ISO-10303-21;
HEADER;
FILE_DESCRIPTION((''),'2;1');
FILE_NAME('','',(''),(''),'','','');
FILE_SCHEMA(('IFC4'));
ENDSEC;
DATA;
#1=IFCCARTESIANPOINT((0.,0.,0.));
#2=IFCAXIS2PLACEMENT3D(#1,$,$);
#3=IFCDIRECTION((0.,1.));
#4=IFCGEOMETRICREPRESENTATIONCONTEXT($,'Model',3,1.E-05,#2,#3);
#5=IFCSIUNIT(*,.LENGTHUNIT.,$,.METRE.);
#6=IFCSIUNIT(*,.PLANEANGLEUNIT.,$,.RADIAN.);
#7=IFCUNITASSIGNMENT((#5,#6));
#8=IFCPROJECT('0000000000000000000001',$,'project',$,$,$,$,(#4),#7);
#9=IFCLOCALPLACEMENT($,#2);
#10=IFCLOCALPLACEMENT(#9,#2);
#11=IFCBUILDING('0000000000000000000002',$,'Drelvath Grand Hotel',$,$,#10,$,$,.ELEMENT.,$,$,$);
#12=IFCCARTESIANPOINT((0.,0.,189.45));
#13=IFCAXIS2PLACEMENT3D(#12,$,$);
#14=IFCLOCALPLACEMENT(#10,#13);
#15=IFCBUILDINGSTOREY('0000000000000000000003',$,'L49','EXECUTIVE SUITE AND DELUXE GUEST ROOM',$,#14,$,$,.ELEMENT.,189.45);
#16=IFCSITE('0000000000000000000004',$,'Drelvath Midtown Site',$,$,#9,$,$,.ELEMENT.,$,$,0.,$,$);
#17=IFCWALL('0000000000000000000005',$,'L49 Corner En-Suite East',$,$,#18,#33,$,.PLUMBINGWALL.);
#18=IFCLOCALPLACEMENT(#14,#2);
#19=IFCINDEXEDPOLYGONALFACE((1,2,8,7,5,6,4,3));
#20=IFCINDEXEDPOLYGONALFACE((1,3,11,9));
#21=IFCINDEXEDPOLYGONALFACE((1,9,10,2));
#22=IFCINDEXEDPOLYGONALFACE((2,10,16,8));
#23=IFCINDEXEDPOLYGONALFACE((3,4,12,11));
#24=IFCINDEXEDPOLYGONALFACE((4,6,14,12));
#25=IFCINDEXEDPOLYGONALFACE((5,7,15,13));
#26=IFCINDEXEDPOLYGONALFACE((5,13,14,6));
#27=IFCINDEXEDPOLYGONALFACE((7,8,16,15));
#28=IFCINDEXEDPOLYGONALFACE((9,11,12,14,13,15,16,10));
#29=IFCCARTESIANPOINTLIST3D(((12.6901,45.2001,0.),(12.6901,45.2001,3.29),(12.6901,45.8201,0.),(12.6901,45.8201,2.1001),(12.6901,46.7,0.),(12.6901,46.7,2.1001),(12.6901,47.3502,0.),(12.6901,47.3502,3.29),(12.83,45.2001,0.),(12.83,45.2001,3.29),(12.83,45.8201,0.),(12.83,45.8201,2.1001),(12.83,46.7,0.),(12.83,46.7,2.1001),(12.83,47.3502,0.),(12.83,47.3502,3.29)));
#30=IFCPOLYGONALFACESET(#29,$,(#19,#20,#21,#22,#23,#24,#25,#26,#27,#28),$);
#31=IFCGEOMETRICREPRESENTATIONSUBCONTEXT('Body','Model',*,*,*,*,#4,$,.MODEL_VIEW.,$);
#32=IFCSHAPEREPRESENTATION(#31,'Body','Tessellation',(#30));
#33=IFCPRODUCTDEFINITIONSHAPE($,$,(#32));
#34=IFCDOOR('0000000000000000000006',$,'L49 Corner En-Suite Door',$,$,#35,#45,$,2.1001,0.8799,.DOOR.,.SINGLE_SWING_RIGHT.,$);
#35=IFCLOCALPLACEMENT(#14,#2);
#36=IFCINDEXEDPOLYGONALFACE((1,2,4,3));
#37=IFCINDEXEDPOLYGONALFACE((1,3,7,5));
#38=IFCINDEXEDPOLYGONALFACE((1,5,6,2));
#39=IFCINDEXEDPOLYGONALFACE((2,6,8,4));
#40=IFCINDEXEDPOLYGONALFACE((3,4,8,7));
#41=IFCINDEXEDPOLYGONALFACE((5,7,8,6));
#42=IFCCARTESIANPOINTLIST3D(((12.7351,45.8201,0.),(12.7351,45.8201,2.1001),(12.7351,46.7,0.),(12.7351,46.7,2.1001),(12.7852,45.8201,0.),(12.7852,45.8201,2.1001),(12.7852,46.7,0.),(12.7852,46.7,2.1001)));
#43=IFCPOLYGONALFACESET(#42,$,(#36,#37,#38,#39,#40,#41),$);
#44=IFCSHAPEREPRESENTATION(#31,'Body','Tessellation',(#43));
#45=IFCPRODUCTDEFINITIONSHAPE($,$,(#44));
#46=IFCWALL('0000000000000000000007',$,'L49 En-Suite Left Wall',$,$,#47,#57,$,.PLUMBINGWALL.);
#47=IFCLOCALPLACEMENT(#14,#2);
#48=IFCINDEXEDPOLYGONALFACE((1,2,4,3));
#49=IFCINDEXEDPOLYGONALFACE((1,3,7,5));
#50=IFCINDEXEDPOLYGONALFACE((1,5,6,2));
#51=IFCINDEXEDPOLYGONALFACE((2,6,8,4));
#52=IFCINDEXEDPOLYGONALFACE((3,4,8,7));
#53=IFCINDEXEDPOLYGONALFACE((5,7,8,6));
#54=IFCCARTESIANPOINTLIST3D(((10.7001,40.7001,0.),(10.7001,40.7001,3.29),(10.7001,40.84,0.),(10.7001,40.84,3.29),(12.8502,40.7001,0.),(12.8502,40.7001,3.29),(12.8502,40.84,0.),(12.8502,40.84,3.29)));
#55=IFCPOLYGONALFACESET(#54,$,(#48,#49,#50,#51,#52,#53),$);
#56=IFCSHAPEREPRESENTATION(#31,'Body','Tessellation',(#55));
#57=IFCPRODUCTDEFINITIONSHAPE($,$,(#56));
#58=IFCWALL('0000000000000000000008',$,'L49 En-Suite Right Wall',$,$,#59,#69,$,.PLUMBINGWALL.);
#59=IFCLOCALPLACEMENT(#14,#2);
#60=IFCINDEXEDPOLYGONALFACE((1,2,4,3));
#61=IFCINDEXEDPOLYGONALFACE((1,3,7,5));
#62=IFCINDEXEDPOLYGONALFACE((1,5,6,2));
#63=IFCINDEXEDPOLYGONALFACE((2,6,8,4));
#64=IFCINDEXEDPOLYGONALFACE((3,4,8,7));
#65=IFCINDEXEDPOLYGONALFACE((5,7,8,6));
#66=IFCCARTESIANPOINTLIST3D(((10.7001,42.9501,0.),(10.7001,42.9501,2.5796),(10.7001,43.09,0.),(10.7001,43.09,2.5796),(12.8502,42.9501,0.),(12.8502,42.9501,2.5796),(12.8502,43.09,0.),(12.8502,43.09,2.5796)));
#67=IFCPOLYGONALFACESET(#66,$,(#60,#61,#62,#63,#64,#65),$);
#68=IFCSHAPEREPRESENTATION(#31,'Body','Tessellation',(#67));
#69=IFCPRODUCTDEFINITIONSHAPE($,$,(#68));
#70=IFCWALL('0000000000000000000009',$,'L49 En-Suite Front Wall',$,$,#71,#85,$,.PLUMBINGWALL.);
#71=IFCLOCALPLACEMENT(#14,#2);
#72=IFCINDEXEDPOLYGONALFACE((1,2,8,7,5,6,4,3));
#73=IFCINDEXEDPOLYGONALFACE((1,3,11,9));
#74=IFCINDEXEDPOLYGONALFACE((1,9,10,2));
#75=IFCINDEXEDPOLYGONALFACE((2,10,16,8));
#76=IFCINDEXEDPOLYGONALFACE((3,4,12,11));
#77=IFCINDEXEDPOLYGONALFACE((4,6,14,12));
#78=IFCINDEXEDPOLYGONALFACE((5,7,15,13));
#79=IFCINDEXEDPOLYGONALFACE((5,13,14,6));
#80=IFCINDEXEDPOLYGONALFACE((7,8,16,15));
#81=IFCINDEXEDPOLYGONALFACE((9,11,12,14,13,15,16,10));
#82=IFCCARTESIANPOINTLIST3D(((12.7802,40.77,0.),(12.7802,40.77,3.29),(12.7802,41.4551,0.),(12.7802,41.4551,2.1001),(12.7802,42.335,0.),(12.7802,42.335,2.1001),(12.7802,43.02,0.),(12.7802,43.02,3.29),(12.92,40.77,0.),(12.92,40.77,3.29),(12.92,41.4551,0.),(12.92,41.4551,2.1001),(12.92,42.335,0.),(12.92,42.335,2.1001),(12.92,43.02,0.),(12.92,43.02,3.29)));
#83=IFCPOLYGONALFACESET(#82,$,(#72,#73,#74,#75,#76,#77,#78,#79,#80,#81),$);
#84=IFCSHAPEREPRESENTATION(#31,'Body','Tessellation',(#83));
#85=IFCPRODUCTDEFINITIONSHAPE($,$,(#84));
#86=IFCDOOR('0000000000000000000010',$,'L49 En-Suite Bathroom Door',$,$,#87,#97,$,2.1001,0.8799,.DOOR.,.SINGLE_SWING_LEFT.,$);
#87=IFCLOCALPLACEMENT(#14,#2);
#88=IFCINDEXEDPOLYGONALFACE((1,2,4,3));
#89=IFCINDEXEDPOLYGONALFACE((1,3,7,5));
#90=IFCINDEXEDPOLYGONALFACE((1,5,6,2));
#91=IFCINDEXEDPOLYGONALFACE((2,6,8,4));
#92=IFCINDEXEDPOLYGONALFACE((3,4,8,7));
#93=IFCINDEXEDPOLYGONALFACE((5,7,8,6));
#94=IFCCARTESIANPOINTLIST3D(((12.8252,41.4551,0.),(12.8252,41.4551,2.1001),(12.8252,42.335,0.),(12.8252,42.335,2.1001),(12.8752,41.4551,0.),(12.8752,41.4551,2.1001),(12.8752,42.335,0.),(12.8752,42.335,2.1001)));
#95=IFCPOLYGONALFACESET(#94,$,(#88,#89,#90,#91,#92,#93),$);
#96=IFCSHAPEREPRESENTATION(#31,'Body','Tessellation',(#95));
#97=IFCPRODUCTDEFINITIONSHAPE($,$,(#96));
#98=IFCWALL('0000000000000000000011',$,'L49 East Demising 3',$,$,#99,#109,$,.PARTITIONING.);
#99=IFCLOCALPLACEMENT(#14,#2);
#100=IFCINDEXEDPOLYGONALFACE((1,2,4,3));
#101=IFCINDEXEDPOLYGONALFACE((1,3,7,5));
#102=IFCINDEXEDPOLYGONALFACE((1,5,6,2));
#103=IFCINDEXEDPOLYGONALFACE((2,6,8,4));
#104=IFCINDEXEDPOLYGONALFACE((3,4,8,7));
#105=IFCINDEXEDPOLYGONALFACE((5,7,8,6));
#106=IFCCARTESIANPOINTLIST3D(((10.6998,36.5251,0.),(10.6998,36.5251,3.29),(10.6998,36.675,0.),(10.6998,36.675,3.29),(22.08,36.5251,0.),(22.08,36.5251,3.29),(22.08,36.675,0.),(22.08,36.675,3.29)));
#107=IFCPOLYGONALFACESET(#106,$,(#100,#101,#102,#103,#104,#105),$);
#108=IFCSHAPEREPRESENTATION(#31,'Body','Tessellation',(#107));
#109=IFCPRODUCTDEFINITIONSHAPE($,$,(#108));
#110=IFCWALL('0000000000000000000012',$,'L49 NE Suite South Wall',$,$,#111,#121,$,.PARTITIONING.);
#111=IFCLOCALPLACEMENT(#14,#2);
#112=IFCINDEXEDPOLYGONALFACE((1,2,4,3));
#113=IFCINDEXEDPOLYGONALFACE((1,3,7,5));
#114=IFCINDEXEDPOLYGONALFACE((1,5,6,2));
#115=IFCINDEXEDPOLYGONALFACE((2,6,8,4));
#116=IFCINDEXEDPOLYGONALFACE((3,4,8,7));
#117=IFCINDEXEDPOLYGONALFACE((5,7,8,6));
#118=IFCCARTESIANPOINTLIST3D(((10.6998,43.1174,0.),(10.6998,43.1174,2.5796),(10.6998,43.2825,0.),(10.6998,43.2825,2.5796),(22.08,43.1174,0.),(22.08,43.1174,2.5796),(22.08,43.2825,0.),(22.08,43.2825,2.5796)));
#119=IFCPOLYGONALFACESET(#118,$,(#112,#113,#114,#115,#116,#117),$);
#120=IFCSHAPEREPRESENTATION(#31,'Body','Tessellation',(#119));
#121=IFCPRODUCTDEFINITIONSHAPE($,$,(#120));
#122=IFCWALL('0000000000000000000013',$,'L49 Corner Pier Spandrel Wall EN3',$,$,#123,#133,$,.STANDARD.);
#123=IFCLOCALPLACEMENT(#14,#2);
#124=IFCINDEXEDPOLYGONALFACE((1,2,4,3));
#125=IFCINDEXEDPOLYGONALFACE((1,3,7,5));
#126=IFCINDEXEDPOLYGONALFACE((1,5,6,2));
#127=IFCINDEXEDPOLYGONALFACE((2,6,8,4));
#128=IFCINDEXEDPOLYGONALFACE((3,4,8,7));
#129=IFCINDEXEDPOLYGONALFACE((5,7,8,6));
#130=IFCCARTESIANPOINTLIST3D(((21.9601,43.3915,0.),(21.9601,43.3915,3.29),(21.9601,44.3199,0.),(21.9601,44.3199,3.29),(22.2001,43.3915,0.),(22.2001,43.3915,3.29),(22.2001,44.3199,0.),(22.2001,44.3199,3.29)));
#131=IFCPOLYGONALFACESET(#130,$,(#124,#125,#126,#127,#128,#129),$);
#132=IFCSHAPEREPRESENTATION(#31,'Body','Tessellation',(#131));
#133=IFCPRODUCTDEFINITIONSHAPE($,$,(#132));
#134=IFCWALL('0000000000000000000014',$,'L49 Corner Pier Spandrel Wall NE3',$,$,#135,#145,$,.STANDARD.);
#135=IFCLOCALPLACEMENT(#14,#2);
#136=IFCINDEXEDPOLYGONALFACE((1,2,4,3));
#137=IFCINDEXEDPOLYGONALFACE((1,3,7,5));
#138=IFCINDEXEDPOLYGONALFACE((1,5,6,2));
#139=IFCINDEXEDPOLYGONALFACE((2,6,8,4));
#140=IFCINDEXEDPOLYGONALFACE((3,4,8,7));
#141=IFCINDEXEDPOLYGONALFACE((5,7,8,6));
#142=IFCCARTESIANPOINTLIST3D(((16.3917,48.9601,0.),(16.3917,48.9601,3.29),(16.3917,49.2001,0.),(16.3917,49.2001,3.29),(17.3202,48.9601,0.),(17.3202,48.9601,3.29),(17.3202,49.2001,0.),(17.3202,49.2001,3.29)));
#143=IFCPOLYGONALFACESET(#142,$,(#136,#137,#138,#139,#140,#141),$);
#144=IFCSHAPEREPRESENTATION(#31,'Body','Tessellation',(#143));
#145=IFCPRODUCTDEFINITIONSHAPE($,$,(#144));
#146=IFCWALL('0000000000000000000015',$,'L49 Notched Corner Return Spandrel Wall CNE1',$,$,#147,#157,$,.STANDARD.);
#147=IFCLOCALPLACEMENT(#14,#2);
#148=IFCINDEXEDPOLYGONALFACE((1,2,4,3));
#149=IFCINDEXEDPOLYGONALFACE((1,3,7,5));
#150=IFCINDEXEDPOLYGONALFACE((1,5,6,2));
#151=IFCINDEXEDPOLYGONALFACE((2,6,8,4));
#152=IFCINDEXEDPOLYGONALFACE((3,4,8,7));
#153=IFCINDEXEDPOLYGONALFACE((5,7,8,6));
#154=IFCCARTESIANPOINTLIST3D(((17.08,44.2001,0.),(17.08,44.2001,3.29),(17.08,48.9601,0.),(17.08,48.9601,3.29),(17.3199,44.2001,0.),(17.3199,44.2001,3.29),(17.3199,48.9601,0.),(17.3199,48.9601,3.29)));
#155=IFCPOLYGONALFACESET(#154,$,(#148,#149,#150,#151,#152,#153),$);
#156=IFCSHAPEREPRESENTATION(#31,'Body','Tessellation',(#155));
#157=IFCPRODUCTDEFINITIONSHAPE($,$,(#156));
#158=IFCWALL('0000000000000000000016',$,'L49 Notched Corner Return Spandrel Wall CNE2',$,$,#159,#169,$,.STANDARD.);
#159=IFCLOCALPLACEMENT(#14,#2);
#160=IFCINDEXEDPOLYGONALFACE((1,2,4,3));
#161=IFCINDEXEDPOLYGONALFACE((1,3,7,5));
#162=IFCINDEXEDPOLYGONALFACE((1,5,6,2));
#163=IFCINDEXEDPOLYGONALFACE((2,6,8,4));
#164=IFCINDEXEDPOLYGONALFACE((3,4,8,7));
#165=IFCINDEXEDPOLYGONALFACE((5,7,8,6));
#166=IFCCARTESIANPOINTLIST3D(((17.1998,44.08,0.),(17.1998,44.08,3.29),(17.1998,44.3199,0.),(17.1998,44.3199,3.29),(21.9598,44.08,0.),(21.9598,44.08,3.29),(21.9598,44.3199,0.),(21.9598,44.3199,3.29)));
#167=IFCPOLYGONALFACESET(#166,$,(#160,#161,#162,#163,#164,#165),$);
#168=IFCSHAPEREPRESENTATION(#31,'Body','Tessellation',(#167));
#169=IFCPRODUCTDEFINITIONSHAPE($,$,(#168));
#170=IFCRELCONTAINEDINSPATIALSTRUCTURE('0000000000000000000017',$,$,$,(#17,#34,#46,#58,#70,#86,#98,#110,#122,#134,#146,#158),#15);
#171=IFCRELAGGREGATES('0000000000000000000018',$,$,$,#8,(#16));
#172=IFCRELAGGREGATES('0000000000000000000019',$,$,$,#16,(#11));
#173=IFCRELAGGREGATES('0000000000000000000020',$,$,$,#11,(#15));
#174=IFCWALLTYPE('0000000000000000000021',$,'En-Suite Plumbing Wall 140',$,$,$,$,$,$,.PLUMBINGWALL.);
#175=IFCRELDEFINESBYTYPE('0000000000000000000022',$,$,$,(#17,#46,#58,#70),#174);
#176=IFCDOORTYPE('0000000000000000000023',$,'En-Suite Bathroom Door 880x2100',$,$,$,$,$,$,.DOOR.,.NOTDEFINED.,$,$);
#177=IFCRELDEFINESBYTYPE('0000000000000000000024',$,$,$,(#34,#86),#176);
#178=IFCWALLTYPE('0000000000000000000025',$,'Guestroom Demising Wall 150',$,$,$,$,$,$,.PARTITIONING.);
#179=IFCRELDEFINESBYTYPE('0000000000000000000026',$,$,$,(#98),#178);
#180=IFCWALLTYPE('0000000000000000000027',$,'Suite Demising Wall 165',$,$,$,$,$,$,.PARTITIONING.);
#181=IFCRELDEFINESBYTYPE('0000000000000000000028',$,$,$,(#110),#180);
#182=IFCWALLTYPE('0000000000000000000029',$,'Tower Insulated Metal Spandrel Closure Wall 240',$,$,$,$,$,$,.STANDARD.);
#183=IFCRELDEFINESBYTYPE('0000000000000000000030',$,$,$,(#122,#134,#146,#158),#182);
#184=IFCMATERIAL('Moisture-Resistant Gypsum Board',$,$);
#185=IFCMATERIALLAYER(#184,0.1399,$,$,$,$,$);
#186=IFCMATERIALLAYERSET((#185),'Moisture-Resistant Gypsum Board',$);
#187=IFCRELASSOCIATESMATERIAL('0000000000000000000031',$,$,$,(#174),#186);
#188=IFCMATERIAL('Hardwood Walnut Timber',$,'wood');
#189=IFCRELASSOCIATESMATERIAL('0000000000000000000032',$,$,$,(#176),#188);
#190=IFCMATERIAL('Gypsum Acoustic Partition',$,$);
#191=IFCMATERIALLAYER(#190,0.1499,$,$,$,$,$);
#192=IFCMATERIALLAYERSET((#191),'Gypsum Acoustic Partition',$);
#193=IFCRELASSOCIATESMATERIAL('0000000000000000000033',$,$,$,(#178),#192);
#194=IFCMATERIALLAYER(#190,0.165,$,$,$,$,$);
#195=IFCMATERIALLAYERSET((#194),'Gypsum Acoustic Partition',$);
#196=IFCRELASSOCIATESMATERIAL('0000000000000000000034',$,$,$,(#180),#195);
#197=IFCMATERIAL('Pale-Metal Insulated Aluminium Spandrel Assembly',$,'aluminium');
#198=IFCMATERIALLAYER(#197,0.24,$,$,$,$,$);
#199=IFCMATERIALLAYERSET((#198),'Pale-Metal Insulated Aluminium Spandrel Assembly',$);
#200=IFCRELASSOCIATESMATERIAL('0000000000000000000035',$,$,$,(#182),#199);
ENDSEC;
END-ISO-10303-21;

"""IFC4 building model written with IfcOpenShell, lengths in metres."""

from ifc_helpers import new_model, si_unit, direction, frame, frame_2d, origin, place, context, subcontext, project, spatial, rectangle, extrude, material, layer, layer_set, type_object, element, fill, save


model = new_model("IFC4")

# Units and contexts
model_context = context("Model", 3, precision=1e-05, world=origin(), true_north=direction((0.0, 1.0)))
body_context = subcontext(model_context, "Body", "Model", "MODEL_VIEW")
ifc_project = project(units=[si_unit("LENGTHUNIT", "METRE"), si_unit("PLANEANGLEUNIT", "RADIAN")], contexts=[model_context])

# Site, building, storey
site_placement = place(None, origin())
site = spatial("IfcSite", under=ifc_project, at=site_placement, Name="Drelvath Midtown Site", CompositionType="ELEMENT", RefElevation=0.0)
building_placement = place(site_placement, origin())
building = spatial("IfcBuilding", under=site, at=building_placement, Name="Drelvath Grand Hotel", CompositionType="ELEMENT")
storey_placement = place(building_placement, frame((0.0, 0.0, 189.45)))
storey = spatial("IfcBuildingStorey", under=building, at=storey_placement, Name="L49", Description="EXECUTIVE SUITE AND DELUXE GUEST ROOM", CompositionType="ELEMENT", Elevation=189.45)

# Wall, opening, door
ifc_material_1 = material(Name="Moisture-Resistant Gypsum Board")
ifc_layer_1 = layer(ifc_material_1, 0.1399)
ifc_layer_set_1 = layer_set([ifc_layer_1], Name="Moisture-Resistant Gypsum Board")
wall_type_1 = type_object("IfcWallType", Name="En-Suite Plumbing Wall 140", PredefinedType="PLUMBINGWALL", material=ifc_layer_set_1)
wall_1_placement = place(storey_placement, frame((12.76, 45.2, 0.0), z_axis=(0.0, 0.0, 1.0), x_axis=(0.0, 1.0, 0.0)))
wall_1 = element("IfcWall", 1, at=wall_1_placement, inside=storey, type_object=wall_type_1, Name="L49 Corner En-Suite East", PredefinedType="PLUMBINGWALL", context=body_context, shape_type="SweptSolid", body=[
    extrude(rectangle(XDim=2.1501, YDim=0.1399, at=frame_2d((1.0752, 0.0))), origin(), (0.0, 0.0, 1.0), 3.29),
])
opening_1_placement = place(wall_1_placement, frame((0.6201, 0.0, 0.0)))
opening_1 = element("IfcOpeningElement", 2, at=opening_1_placement, cuts=wall_1, PredefinedType="OPENING", context=body_context, shape_type="SweptSolid", body=[
    extrude(rectangle(XDim=0.8799, YDim=2.1001, at=frame_2d((0.4399, 1.05))), frame((0.0, 0.0798, 0.0), z_axis=(0.0, -1.0, 0.0), x_axis=(1.0, 0.0, 0.0)), (0.0, 0.0, 1.0), 0.1599),
])
ifc_material_2 = material(Name="Hardwood Walnut Timber", Category="wood")
door_type = type_object("IfcDoorType", Name="En-Suite Bathroom Door 880x2100", OperationType="NOTDEFINED", PredefinedType="DOOR", material=ifc_material_2)
door_1_placement = place(opening_1_placement, origin())
door_1 = element("IfcDoor", 3, at=door_1_placement, inside=storey, type_object=door_type, Name="L49 Corner En-Suite Door", OperationType="SINGLE_SWING_RIGHT", OverallHeight=2.1001, OverallWidth=0.8799, PredefinedType="DOOR", context=body_context, shape_type="SweptSolid", body=[
    extrude(rectangle(XDim=0.8799, YDim=2.1001, at=frame_2d((0.4399, 1.05))), frame((0.0, 0.0249, 0.0), z_axis=(0.0, -1.0, 0.0), x_axis=(1.0, 0.0, 0.0)), (0.0, 0.0, 1.0), 0.05),
])
fill(opening_1, door_1)

# Walls
wall_2_placement = place(storey_placement, frame((10.7, 40.77, 0.0), z_axis=(0.0, 0.0, 1.0), x_axis=(1.0, 0.0, 0.0)))
element("IfcWall", 4, at=wall_2_placement, inside=storey, type_object=wall_type_1, Name="L49 En-Suite Left Wall", PredefinedType="PLUMBINGWALL", context=body_context, shape_type="SweptSolid", body=[
    extrude(rectangle(XDim=2.1501, YDim=0.1399, at=frame_2d((1.0752, 0.0))), origin(), (0.0, 0.0, 1.0), 3.29),
])
wall_3_placement = place(storey_placement, frame((10.7, 43.02, 0.0), z_axis=(0.0, 0.0, 1.0), x_axis=(1.0, 0.0, 0.0)))
element("IfcWall", 5, at=wall_3_placement, inside=storey, type_object=wall_type_1, Name="L49 En-Suite Right Wall", PredefinedType="PLUMBINGWALL", context=body_context, shape_type="SweptSolid", body=[
    extrude(rectangle(XDim=2.1501, YDim=0.1399, at=frame_2d((1.0752, 0.0))), origin(), (0.0, 0.0, 1.0), 2.5796),
])

# Wall, opening, door
wall_4_placement = place(storey_placement, frame((12.8501, 40.77, 0.0), z_axis=(0.0, 0.0, 1.0), x_axis=(0.0, 1.0, 0.0)))
wall_4 = element("IfcWall", 6, at=wall_4_placement, inside=storey, type_object=wall_type_1, Name="L49 En-Suite Front Wall", PredefinedType="PLUMBINGWALL", context=body_context, shape_type="SweptSolid", body=[
    extrude(rectangle(XDim=2.25, YDim=0.1399, at=frame_2d((1.125, 0.0))), origin(), (0.0, 0.0, 1.0), 3.29),
])
opening_2_placement = place(wall_4_placement, frame((0.6851, 0.0, 0.0)))
opening_2 = element("IfcOpeningElement", 7, at=opening_2_placement, cuts=wall_4, PredefinedType="OPENING", context=body_context, shape_type="SweptSolid", body=[
    extrude(rectangle(XDim=0.8799, YDim=2.1001, at=frame_2d((0.4399, 1.05))), frame((0.0, 0.0798, 0.0), z_axis=(0.0, -1.0, 0.0), x_axis=(1.0, 0.0, 0.0)), (0.0, 0.0, 1.0), 0.1599),
])
door_2_placement = place(opening_2_placement, origin())
door_2 = element("IfcDoor", 8, at=door_2_placement, inside=storey, type_object=door_type, Name="L49 En-Suite Bathroom Door", OperationType="SINGLE_SWING_LEFT", OverallHeight=2.1001, OverallWidth=0.8799, PredefinedType="DOOR", context=body_context, shape_type="SweptSolid", body=[
    extrude(rectangle(XDim=0.8799, YDim=2.1001, at=frame_2d((0.4399, 1.05))), frame((0.0, 0.0249, 0.0), z_axis=(0.0, -1.0, 0.0), x_axis=(1.0, 0.0, 0.0)), (0.0, 0.0, 1.0), 0.05),
])
fill(opening_2, door_2)

# Walls
ifc_material_3 = material(Name="Gypsum Acoustic Partition")
ifc_layer_2 = layer(ifc_material_3, 0.1499)
ifc_layer_set_2 = layer_set([ifc_layer_2], Name="Gypsum Acoustic Partition")
wall_type_2 = type_object("IfcWallType", Name="Guestroom Demising Wall 150", PredefinedType="PARTITIONING", material=ifc_layer_set_2)
wall_5_placement = place(storey_placement, frame((10.7, 36.6001, 0.0), z_axis=(0.0, 0.0, 1.0), x_axis=(1.0, 0.0, 0.0)))
element("IfcWall", 9, at=wall_5_placement, inside=storey, type_object=wall_type_2, Name="L49 East Demising 3", PredefinedType="PARTITIONING", context=body_context, shape_type="SweptSolid", body=[
    extrude(rectangle(XDim=11.3801, YDim=0.1499, at=frame_2d((5.6899, 0.0))), origin(), (0.0, 0.0, 1.0), 3.29),
])
ifc_layer_3 = layer(ifc_material_3, 0.165)
ifc_layer_set_3 = layer_set([ifc_layer_3], Name="Gypsum Acoustic Partition")
wall_type_3 = type_object("IfcWallType", Name="Suite Demising Wall 165", PredefinedType="PARTITIONING", material=ifc_layer_set_3)
wall_6_placement = place(storey_placement, frame((10.7, 43.2, 0.0), z_axis=(0.0, 0.0, 1.0), x_axis=(1.0, 0.0, 0.0)))
element("IfcWall", 10, at=wall_6_placement, inside=storey, type_object=wall_type_3, Name="L49 NE Suite South Wall", PredefinedType="PARTITIONING", context=body_context, shape_type="SweptSolid", body=[
    extrude(rectangle(XDim=11.3801, YDim=0.165, at=frame_2d((5.6899, 0.0))), origin(), (0.0, 0.0, 1.0), 2.5796),
])
ifc_material_4 = material(Name="Pale-Metal Insulated Aluminium Spandrel Assembly", Category="aluminium")
ifc_layer_4 = layer(ifc_material_4, 0.24)
ifc_layer_set_4 = layer_set([ifc_layer_4], Name="Pale-Metal Insulated Aluminium Spandrel Assembly")
wall_type_4 = type_object("IfcWallType", Name="Tower Insulated Metal Spandrel Closure Wall 240", PredefinedType="STANDARD", material=ifc_layer_set_4)
for number, where, z_axis, x_axis, name in (
    (11, (22.0801, 44.3201, 0.0), (0.0, 0.0, 1.0), (0.0, -1.0, 0.0), "L49 Corner Pier Spandrel Wall EN3"),
    (12, (16.3916, 49.0801, 0.0), (0.0, 0.0, 1.0), (1.0, 0.0, 0.0), "L49 Corner Pier Spandrel Wall NE3"),
):
    element("IfcWall", number, at=place(storey_placement, frame(where, z_axis=z_axis, x_axis=x_axis)), inside=storey, type_object=wall_type_4, Name=name, PredefinedType="STANDARD", context=body_context, shape_type="SweptSolid", body=[
        extrude(rectangle(XDim=0.9285, YDim=0.24, at=frame_2d((0.4644, 0.0))), origin(), (0.0, 0.0, 1.0), 3.29),
    ])
for number, where, z_axis, x_axis, name in (
    (13, (17.2, 48.96, 0.0), (0.0, 0.0, 1.0), (0.0, -1.0, 0.0), "L49 Notched Corner Return Spandrel Wall CNE1"),
    (14, (17.2, 44.2, 0.0), (0.0, 0.0, 1.0), (1.0, 0.0, 0.0), "L49 Notched Corner Return Spandrel Wall CNE2"),
):
    element("IfcWall", number, at=place(storey_placement, frame(where, z_axis=z_axis, x_axis=x_axis)), inside=storey, type_object=wall_type_4, Name=name, PredefinedType="STANDARD", context=body_context, shape_type="SweptSolid", body=[
        extrude(rectangle(XDim=4.76, YDim=0.24, at=frame_2d((2.3799, 0.0))), origin(), (0.0, 0.0, 1.0), 3.29),
    ])

save(model, "model.ifc")
